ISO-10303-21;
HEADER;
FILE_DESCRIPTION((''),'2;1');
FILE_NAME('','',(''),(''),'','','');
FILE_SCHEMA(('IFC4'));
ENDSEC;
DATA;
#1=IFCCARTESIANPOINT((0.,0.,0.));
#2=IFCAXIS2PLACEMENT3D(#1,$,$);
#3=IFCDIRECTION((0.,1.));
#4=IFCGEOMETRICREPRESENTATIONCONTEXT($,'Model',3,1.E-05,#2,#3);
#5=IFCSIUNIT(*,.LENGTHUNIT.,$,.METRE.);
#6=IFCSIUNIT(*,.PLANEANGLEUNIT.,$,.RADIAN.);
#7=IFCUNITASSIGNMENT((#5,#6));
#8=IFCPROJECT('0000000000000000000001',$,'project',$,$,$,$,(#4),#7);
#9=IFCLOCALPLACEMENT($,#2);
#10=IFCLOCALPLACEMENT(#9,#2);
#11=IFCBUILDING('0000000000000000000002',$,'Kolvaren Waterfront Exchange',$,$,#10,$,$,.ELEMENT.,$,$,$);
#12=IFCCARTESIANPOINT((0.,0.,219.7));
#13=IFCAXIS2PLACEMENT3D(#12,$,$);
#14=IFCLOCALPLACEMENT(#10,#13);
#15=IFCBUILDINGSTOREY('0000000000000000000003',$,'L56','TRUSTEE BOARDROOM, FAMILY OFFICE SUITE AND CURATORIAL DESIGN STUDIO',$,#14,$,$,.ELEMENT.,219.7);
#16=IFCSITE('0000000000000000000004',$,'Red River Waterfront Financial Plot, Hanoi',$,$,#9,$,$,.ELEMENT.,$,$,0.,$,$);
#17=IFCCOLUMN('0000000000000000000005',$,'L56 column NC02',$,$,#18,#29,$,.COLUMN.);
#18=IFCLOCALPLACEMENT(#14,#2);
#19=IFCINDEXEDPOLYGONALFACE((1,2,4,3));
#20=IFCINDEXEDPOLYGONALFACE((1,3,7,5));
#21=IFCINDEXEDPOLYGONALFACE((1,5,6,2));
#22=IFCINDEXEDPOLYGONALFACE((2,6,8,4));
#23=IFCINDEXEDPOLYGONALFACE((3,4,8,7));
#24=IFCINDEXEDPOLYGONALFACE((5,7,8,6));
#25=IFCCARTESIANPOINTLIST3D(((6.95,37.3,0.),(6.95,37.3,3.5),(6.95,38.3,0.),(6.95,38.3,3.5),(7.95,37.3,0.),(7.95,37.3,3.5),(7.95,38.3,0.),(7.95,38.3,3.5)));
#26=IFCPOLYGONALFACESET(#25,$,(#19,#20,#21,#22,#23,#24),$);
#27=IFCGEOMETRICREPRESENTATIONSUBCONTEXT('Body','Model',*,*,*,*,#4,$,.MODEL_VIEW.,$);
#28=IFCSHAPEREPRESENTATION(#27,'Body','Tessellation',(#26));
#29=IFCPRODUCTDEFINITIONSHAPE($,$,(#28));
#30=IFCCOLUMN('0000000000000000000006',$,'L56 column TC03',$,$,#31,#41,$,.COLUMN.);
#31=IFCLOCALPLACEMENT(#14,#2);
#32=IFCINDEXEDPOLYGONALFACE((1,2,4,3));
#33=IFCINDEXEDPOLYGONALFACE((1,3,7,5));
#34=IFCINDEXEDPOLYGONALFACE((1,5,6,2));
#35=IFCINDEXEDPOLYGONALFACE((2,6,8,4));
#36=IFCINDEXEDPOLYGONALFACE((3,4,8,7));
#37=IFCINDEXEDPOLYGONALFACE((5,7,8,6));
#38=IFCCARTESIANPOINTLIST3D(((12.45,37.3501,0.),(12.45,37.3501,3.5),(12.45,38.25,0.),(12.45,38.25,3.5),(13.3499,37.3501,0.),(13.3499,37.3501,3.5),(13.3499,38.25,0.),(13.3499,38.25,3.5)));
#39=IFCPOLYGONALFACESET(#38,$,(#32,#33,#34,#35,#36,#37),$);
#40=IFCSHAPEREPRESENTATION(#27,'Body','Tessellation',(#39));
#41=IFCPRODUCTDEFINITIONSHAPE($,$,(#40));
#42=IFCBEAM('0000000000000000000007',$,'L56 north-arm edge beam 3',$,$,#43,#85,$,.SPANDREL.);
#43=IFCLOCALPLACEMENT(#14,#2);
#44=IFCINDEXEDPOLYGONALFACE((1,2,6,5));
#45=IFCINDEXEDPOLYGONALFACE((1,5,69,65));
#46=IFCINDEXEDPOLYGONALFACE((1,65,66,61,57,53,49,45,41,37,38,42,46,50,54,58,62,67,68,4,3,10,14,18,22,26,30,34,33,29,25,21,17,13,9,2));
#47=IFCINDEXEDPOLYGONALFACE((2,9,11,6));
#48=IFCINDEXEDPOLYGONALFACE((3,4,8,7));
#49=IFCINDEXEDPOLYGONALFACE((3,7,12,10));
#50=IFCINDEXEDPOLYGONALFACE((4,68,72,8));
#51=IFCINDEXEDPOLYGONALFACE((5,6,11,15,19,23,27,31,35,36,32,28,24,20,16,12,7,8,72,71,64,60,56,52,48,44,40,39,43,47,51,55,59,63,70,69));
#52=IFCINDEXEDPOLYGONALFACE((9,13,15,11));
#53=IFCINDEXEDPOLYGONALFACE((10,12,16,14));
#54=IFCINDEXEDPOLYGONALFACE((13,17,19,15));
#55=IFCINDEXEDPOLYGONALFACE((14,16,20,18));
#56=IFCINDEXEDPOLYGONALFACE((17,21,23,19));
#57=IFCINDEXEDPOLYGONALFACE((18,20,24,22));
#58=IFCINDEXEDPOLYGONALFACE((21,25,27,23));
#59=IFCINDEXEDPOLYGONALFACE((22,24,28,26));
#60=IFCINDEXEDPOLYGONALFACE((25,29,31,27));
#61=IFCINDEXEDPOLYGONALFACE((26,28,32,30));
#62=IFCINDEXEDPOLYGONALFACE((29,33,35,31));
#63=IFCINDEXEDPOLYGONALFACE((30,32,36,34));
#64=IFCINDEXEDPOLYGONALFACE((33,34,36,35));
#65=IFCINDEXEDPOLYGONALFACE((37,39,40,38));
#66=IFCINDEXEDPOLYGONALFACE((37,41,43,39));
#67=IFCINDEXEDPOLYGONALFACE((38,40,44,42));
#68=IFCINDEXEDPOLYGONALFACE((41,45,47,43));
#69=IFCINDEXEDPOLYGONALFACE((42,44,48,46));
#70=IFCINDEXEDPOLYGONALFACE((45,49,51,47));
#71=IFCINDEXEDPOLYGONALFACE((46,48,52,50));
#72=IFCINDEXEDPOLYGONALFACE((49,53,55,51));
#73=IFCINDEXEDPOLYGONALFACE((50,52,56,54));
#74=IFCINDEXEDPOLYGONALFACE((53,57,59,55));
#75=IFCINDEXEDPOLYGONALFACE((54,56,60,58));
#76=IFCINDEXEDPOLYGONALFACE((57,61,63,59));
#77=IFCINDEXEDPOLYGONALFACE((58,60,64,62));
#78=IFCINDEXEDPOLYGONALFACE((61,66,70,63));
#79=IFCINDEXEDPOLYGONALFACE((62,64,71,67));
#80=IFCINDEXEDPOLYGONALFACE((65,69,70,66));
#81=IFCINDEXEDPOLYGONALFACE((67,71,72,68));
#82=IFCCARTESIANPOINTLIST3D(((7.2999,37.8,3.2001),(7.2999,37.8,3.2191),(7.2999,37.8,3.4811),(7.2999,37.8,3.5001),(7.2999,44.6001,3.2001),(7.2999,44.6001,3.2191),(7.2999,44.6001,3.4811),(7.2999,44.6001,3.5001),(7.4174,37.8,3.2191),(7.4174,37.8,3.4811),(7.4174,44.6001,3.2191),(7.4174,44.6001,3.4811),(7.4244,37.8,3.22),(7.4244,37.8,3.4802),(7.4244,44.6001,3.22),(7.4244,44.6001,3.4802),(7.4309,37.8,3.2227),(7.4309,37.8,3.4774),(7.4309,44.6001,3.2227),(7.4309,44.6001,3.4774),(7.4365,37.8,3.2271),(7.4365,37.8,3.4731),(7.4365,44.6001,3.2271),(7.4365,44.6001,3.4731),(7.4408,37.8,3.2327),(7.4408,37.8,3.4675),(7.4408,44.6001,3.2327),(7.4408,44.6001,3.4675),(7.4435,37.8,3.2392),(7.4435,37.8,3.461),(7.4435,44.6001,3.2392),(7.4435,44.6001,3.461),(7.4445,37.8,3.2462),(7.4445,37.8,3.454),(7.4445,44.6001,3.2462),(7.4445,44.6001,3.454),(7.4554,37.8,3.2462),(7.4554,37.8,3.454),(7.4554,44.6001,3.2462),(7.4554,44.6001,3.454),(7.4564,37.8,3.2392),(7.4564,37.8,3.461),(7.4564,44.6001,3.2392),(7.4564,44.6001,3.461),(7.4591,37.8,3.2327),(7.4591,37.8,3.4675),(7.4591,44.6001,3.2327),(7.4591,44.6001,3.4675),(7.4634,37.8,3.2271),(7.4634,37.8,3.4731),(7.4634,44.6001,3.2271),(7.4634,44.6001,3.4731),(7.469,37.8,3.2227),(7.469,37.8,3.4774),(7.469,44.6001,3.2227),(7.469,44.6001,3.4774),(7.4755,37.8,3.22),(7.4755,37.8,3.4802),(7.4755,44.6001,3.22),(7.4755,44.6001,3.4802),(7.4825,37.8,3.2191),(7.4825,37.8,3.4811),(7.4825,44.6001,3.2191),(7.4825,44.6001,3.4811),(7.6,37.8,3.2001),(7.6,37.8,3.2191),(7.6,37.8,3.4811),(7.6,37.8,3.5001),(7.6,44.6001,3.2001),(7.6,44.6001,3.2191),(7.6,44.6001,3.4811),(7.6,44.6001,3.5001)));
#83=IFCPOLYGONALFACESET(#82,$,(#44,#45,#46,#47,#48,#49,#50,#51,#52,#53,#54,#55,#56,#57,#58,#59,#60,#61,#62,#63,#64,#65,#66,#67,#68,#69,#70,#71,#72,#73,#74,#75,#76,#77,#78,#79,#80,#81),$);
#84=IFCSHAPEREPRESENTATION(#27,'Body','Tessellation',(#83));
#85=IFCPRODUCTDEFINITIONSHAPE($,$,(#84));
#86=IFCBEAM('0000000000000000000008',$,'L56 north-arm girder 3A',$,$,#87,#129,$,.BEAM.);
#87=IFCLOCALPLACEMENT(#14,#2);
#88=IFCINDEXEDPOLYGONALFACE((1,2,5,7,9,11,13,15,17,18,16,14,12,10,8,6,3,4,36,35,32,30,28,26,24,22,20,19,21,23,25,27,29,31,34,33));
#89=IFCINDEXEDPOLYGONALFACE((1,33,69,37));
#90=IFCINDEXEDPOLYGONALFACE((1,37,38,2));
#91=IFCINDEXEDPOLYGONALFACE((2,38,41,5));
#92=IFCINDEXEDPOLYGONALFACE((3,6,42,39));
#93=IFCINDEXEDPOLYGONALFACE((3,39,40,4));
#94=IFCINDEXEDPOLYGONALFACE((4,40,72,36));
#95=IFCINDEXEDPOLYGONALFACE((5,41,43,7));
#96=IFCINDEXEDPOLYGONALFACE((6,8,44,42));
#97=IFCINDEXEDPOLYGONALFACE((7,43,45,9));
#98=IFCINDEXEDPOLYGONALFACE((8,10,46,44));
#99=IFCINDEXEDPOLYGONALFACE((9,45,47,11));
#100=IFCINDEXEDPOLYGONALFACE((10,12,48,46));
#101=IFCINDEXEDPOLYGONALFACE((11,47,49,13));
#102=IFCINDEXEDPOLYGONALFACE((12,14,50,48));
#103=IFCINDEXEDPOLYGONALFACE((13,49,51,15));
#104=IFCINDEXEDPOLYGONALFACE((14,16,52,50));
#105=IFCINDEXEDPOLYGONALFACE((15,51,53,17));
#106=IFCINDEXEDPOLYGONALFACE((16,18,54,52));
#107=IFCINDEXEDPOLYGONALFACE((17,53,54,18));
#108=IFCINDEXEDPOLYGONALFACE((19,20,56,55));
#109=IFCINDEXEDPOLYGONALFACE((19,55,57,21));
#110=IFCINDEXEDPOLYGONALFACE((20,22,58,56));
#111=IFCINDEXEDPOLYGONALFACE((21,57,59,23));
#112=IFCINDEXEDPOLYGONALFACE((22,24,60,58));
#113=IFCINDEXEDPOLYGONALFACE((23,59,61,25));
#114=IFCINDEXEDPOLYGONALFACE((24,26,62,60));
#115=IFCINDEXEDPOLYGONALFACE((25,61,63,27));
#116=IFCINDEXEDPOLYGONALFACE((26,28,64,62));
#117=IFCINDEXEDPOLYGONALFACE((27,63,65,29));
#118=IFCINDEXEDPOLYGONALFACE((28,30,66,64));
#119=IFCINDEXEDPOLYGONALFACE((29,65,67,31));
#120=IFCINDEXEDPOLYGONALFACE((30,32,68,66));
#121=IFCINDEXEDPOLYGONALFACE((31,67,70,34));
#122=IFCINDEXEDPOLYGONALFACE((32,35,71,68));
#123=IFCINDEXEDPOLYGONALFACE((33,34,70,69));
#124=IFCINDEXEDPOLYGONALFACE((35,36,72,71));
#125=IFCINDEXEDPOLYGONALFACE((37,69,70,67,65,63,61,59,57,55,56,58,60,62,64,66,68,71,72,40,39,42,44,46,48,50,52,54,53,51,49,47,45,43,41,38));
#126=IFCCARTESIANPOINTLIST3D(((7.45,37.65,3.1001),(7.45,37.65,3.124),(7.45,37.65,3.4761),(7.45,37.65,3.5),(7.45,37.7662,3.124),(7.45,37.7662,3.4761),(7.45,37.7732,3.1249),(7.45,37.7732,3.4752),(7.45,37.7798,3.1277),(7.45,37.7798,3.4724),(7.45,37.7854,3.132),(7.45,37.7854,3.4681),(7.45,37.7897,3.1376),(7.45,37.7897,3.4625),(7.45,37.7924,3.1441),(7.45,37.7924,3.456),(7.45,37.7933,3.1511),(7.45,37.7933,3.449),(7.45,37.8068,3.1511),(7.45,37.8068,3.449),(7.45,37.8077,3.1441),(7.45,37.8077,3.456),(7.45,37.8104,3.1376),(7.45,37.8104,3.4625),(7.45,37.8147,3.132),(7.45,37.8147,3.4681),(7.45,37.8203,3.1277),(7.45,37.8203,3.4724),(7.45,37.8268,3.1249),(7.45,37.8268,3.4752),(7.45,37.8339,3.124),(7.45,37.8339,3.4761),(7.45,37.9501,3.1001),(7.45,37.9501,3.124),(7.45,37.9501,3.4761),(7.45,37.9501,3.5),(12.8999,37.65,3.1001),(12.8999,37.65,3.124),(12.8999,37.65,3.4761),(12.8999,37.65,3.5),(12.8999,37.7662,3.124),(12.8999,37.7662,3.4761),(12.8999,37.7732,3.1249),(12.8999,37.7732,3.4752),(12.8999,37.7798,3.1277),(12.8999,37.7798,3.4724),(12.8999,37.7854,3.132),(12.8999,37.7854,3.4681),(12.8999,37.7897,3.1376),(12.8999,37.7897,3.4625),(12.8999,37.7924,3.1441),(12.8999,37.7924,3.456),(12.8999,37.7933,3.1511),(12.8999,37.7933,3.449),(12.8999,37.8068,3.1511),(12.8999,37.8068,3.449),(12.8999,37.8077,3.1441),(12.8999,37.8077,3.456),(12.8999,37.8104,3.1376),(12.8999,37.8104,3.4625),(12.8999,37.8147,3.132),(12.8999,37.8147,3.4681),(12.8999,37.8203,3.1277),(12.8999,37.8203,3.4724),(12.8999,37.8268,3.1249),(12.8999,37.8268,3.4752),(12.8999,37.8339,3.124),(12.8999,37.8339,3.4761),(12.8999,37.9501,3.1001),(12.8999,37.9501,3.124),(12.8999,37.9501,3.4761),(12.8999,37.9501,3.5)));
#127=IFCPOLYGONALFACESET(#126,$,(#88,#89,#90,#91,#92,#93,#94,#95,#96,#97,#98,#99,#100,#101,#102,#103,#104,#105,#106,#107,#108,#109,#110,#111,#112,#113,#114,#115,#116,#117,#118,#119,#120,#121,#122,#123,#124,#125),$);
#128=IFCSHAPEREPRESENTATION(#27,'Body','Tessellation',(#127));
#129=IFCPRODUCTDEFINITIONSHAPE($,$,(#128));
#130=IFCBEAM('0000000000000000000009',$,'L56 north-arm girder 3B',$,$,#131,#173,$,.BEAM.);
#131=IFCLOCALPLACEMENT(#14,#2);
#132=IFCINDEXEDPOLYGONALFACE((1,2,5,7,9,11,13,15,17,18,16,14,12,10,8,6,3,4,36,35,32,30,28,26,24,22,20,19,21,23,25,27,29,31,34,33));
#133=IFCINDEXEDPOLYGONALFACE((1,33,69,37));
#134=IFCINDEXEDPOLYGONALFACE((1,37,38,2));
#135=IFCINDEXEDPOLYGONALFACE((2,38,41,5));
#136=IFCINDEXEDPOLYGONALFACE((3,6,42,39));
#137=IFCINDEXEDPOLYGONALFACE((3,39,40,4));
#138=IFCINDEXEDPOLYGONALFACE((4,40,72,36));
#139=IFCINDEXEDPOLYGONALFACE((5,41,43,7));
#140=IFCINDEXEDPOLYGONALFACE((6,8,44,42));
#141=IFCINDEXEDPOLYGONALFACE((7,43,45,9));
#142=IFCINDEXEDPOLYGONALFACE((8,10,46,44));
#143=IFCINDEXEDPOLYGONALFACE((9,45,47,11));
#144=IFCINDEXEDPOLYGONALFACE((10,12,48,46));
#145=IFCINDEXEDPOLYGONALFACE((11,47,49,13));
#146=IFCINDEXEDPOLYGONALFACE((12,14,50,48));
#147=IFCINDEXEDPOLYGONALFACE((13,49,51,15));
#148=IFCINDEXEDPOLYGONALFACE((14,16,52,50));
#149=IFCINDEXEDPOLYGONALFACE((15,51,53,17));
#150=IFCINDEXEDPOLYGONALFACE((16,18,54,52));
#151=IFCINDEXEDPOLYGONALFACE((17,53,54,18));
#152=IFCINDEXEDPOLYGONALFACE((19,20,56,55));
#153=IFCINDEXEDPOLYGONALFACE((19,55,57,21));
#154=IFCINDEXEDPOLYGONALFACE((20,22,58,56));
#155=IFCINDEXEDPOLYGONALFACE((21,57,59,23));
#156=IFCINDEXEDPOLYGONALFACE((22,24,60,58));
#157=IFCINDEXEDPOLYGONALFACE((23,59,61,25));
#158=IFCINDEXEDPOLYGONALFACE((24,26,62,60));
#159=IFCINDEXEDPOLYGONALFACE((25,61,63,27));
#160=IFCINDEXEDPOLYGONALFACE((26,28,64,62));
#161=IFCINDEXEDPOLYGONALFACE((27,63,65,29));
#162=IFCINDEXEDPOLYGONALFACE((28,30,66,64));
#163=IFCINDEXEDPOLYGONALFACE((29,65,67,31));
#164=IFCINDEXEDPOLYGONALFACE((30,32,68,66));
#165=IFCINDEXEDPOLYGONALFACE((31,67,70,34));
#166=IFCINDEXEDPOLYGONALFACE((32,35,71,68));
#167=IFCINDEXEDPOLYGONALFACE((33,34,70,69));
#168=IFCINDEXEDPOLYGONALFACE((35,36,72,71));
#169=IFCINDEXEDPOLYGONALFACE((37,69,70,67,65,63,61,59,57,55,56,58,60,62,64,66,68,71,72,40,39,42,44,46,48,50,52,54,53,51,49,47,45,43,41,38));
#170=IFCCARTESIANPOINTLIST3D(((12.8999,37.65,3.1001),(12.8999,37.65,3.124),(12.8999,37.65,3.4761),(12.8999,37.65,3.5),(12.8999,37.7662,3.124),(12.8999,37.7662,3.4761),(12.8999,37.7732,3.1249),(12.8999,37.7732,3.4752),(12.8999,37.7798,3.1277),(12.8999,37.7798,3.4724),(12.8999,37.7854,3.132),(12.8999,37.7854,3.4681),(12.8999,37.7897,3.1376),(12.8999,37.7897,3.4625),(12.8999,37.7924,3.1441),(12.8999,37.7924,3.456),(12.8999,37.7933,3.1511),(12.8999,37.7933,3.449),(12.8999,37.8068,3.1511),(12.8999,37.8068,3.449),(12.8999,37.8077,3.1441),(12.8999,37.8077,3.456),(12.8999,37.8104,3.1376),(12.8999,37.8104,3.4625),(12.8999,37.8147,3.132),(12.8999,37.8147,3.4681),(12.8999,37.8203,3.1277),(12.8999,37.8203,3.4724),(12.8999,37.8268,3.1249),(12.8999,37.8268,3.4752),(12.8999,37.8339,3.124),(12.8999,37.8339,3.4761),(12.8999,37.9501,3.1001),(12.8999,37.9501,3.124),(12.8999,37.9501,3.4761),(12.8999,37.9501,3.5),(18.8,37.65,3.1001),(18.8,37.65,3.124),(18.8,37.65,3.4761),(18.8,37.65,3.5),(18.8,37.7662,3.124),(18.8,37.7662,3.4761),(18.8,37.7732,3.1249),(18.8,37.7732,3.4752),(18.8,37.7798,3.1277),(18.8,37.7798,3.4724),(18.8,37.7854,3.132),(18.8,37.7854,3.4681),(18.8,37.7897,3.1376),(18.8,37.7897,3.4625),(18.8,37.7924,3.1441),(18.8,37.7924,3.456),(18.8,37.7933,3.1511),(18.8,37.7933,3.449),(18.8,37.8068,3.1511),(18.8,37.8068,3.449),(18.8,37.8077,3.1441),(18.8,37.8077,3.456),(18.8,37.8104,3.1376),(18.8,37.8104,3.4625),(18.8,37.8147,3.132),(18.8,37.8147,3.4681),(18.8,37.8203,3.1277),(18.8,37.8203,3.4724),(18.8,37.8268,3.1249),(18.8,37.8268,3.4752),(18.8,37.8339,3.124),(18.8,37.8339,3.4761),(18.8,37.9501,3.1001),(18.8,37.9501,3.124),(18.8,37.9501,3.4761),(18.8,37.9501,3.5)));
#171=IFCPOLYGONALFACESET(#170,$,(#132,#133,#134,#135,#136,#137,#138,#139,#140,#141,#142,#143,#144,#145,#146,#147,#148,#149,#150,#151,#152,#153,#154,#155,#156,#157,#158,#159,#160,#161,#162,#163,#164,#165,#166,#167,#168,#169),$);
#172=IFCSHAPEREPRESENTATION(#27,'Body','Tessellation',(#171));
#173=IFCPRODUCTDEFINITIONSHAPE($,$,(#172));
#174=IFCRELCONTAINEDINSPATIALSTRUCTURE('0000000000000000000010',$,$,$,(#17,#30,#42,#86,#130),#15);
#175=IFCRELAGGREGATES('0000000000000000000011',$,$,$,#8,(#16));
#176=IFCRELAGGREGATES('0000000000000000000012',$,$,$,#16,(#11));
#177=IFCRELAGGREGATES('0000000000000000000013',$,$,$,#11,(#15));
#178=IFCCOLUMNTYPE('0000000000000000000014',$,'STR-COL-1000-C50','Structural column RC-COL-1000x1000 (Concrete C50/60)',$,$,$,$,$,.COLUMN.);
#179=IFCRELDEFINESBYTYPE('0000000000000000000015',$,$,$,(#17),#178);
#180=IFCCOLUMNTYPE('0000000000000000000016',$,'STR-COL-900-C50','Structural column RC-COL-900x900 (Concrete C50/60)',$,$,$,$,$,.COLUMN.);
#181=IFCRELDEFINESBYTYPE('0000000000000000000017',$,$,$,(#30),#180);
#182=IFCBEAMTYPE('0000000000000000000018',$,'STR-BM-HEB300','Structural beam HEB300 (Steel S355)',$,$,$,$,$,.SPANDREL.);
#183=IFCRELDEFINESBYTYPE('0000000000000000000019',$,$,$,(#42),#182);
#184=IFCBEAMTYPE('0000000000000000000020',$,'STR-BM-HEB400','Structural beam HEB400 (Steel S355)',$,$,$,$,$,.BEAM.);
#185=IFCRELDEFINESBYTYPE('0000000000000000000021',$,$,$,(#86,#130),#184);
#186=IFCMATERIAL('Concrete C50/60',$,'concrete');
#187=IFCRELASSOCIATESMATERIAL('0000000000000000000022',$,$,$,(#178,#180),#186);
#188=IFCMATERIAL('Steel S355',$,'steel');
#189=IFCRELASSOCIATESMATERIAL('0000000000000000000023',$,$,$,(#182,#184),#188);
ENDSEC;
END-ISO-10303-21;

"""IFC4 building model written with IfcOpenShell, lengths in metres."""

from ifc_helpers import new_model, si_unit, direction, frame, origin, origin_2d, place, context, subcontext, project, spatial, rectangle, i_section, extrude, material, material_profile, profile_set, type_object, element, save


model = new_model("IFC4")

# Units and contexts
model_context = context("Model", 3, precision=1e-05, world=origin(), true_north=direction((0.0, 1.0)))
body_context = subcontext(model_context, "Body", "Model", "MODEL_VIEW")
ifc_project = project(units=[si_unit("LENGTHUNIT", "METRE"), si_unit("PLANEANGLEUNIT", "RADIAN")], contexts=[model_context])

# Site, building, storey
site_placement = place(None, origin())
site = spatial("IfcSite", under=ifc_project, at=site_placement, Name="Red River Waterfront Financial Plot, Hanoi", CompositionType="ELEMENT", RefElevation=0.0)
building_placement = place(site_placement, origin())
building = spatial("IfcBuilding", under=site, at=building_placement, Name="Kolvaren Waterfront Exchange", CompositionType="ELEMENT")
storey_placement = place(building_placement, frame((0.0, 0.0, 219.7)))
storey = spatial("IfcBuildingStorey", under=building, at=storey_placement, Name="L56", Description="TRUSTEE BOARDROOM, FAMILY OFFICE SUITE AND CURATORIAL DESIGN STUDIO", CompositionType="ELEMENT", Elevation=219.7)

# Columns
ifc_material_1 = material(Name="Concrete C50/60", Category="concrete")
ifc_material_profile_1 = material_profile(ifc_material_1, rectangle(XDim=1.0, YDim=1.0, at=origin_2d()), Name="RC-COL-1000x1000")
ifc_profile_set_1 = profile_set([ifc_material_profile_1], Name="Concrete C50/60")
column_type_1 = type_object("IfcColumnType", Name="STR-COL-1000-C50", Description="Structural column RC-COL-1000x1000 (Concrete C50/60)", PredefinedType="COLUMN", material=ifc_profile_set_1)
column_1_placement = place(storey_placement, frame((7.45, 37.8, 0.0), z_axis=(0.0, 0.0, 1.0), x_axis=(1.0, 0.0, 0.0)))
element("IfcColumn", 1, at=column_1_placement, inside=storey, type_object=column_type_1, Name="L56 column NC02", PredefinedType="COLUMN", context=body_context, shape_type="SweptSolid", body=[
    extrude(rectangle(XDim=1.0, YDim=1.0, at=origin_2d()), origin(), (0.0, 0.0, 1.0), 3.5),
])
ifc_material_profile_2 = material_profile(ifc_material_1, rectangle(XDim=0.8999, YDim=0.8999, at=origin_2d()), Name="RC-COL-900x900")
ifc_profile_set_2 = profile_set([ifc_material_profile_2], Name="Concrete C50/60")
column_type_2 = type_object("IfcColumnType", Name="STR-COL-900-C50", Description="Structural column RC-COL-900x900 (Concrete C50/60)", PredefinedType="COLUMN", material=ifc_profile_set_2)
column_2_placement = place(storey_placement, frame((12.8999, 37.8, 0.0), z_axis=(0.0, 0.0, 1.0), x_axis=(1.0, 0.0, 0.0)))
element("IfcColumn", 2, at=column_2_placement, inside=storey, type_object=column_type_2, Name="L56 column TC03", PredefinedType="COLUMN", context=body_context, shape_type="SweptSolid", body=[
    extrude(rectangle(XDim=0.8999, YDim=0.8999, at=origin_2d()), origin(), (0.0, 0.0, 1.0), 3.5),
])

# Beams
ifc_material_2 = material(Name="Steel S355", Category="steel")
ifc_material_profile_3 = material_profile(ifc_material_2, i_section(OverallWidth=0.3, OverallDepth=0.3, WebThickness=0.011, FlangeThickness=0.019, FilletRadius=0.0271, at=origin_2d()), Name="HEB300")
ifc_profile_set_3 = profile_set([ifc_material_profile_3], Name="Steel S355")
beam_type_1 = type_object("IfcBeamType", Name="STR-BM-HEB300", Description="Structural beam HEB300 (Steel S355)", PredefinedType="SPANDREL", material=ifc_profile_set_3)
beam_1_placement = place(storey_placement, frame((7.45, 37.8, 3.3501), z_axis=(0.0, 1.0, 0.0), x_axis=(-1.0, 0.0, 0.0)))
element("IfcBeam", 3, at=beam_1_placement, inside=storey, type_object=beam_type_1, Name="L56 north-arm edge beam 3", PredefinedType="SPANDREL", context=body_context, shape_type="SweptSolid", body=[
    extrude(i_section(OverallWidth=0.3, OverallDepth=0.3, WebThickness=0.011, FlangeThickness=0.019, FilletRadius=0.0271, at=origin_2d()), origin(), (0.0, 0.0, 1.0), 6.8),
])
ifc_material_profile_4 = material_profile(ifc_material_2, i_section(OverallWidth=0.3, OverallDepth=0.3999, WebThickness=0.0134, FlangeThickness=0.0239, FilletRadius=0.0271, at=origin_2d()), Name="HEB400")
ifc_profile_set_4 = profile_set([ifc_material_profile_4], Name="Steel S355")
beam_type_2 = type_object("IfcBeamType", Name="STR-BM-HEB400", Description="Structural beam HEB400 (Steel S355)", PredefinedType="BEAM", material=ifc_profile_set_4)
beam_2_placement = place(storey_placement, frame((7.45, 37.8, 3.3), z_axis=(1.0, 0.0, 0.0), x_axis=(0.0, 1.0, 0.0)))
element("IfcBeam", 4, at=beam_2_placement, inside=storey, type_object=beam_type_2, Name="L56 north-arm girder 3A", PredefinedType="BEAM", context=body_context, shape_type="SweptSolid", body=[
    extrude(i_section(OverallWidth=0.3, OverallDepth=0.3999, WebThickness=0.0134, FlangeThickness=0.0239, FilletRadius=0.0271, at=origin_2d()), origin(), (0.0, 0.0, 1.0), 5.45),
])
beam_3_placement = place(storey_placement, frame((12.8999, 37.8, 3.3), z_axis=(1.0, 0.0, 0.0), x_axis=(0.0, 1.0, 0.0)))
element("IfcBeam", 5, at=beam_3_placement, inside=storey, type_object=beam_type_2, Name="L56 north-arm girder 3B", PredefinedType="BEAM", context=body_context, shape_type="SweptSolid", body=[
    extrude(i_section(OverallWidth=0.3, OverallDepth=0.3999, WebThickness=0.0134, FlangeThickness=0.0239, FilletRadius=0.0271, at=origin_2d()), origin(), (0.0, 0.0, 1.0), 5.9001),
])

save(model, "model.ifc")
